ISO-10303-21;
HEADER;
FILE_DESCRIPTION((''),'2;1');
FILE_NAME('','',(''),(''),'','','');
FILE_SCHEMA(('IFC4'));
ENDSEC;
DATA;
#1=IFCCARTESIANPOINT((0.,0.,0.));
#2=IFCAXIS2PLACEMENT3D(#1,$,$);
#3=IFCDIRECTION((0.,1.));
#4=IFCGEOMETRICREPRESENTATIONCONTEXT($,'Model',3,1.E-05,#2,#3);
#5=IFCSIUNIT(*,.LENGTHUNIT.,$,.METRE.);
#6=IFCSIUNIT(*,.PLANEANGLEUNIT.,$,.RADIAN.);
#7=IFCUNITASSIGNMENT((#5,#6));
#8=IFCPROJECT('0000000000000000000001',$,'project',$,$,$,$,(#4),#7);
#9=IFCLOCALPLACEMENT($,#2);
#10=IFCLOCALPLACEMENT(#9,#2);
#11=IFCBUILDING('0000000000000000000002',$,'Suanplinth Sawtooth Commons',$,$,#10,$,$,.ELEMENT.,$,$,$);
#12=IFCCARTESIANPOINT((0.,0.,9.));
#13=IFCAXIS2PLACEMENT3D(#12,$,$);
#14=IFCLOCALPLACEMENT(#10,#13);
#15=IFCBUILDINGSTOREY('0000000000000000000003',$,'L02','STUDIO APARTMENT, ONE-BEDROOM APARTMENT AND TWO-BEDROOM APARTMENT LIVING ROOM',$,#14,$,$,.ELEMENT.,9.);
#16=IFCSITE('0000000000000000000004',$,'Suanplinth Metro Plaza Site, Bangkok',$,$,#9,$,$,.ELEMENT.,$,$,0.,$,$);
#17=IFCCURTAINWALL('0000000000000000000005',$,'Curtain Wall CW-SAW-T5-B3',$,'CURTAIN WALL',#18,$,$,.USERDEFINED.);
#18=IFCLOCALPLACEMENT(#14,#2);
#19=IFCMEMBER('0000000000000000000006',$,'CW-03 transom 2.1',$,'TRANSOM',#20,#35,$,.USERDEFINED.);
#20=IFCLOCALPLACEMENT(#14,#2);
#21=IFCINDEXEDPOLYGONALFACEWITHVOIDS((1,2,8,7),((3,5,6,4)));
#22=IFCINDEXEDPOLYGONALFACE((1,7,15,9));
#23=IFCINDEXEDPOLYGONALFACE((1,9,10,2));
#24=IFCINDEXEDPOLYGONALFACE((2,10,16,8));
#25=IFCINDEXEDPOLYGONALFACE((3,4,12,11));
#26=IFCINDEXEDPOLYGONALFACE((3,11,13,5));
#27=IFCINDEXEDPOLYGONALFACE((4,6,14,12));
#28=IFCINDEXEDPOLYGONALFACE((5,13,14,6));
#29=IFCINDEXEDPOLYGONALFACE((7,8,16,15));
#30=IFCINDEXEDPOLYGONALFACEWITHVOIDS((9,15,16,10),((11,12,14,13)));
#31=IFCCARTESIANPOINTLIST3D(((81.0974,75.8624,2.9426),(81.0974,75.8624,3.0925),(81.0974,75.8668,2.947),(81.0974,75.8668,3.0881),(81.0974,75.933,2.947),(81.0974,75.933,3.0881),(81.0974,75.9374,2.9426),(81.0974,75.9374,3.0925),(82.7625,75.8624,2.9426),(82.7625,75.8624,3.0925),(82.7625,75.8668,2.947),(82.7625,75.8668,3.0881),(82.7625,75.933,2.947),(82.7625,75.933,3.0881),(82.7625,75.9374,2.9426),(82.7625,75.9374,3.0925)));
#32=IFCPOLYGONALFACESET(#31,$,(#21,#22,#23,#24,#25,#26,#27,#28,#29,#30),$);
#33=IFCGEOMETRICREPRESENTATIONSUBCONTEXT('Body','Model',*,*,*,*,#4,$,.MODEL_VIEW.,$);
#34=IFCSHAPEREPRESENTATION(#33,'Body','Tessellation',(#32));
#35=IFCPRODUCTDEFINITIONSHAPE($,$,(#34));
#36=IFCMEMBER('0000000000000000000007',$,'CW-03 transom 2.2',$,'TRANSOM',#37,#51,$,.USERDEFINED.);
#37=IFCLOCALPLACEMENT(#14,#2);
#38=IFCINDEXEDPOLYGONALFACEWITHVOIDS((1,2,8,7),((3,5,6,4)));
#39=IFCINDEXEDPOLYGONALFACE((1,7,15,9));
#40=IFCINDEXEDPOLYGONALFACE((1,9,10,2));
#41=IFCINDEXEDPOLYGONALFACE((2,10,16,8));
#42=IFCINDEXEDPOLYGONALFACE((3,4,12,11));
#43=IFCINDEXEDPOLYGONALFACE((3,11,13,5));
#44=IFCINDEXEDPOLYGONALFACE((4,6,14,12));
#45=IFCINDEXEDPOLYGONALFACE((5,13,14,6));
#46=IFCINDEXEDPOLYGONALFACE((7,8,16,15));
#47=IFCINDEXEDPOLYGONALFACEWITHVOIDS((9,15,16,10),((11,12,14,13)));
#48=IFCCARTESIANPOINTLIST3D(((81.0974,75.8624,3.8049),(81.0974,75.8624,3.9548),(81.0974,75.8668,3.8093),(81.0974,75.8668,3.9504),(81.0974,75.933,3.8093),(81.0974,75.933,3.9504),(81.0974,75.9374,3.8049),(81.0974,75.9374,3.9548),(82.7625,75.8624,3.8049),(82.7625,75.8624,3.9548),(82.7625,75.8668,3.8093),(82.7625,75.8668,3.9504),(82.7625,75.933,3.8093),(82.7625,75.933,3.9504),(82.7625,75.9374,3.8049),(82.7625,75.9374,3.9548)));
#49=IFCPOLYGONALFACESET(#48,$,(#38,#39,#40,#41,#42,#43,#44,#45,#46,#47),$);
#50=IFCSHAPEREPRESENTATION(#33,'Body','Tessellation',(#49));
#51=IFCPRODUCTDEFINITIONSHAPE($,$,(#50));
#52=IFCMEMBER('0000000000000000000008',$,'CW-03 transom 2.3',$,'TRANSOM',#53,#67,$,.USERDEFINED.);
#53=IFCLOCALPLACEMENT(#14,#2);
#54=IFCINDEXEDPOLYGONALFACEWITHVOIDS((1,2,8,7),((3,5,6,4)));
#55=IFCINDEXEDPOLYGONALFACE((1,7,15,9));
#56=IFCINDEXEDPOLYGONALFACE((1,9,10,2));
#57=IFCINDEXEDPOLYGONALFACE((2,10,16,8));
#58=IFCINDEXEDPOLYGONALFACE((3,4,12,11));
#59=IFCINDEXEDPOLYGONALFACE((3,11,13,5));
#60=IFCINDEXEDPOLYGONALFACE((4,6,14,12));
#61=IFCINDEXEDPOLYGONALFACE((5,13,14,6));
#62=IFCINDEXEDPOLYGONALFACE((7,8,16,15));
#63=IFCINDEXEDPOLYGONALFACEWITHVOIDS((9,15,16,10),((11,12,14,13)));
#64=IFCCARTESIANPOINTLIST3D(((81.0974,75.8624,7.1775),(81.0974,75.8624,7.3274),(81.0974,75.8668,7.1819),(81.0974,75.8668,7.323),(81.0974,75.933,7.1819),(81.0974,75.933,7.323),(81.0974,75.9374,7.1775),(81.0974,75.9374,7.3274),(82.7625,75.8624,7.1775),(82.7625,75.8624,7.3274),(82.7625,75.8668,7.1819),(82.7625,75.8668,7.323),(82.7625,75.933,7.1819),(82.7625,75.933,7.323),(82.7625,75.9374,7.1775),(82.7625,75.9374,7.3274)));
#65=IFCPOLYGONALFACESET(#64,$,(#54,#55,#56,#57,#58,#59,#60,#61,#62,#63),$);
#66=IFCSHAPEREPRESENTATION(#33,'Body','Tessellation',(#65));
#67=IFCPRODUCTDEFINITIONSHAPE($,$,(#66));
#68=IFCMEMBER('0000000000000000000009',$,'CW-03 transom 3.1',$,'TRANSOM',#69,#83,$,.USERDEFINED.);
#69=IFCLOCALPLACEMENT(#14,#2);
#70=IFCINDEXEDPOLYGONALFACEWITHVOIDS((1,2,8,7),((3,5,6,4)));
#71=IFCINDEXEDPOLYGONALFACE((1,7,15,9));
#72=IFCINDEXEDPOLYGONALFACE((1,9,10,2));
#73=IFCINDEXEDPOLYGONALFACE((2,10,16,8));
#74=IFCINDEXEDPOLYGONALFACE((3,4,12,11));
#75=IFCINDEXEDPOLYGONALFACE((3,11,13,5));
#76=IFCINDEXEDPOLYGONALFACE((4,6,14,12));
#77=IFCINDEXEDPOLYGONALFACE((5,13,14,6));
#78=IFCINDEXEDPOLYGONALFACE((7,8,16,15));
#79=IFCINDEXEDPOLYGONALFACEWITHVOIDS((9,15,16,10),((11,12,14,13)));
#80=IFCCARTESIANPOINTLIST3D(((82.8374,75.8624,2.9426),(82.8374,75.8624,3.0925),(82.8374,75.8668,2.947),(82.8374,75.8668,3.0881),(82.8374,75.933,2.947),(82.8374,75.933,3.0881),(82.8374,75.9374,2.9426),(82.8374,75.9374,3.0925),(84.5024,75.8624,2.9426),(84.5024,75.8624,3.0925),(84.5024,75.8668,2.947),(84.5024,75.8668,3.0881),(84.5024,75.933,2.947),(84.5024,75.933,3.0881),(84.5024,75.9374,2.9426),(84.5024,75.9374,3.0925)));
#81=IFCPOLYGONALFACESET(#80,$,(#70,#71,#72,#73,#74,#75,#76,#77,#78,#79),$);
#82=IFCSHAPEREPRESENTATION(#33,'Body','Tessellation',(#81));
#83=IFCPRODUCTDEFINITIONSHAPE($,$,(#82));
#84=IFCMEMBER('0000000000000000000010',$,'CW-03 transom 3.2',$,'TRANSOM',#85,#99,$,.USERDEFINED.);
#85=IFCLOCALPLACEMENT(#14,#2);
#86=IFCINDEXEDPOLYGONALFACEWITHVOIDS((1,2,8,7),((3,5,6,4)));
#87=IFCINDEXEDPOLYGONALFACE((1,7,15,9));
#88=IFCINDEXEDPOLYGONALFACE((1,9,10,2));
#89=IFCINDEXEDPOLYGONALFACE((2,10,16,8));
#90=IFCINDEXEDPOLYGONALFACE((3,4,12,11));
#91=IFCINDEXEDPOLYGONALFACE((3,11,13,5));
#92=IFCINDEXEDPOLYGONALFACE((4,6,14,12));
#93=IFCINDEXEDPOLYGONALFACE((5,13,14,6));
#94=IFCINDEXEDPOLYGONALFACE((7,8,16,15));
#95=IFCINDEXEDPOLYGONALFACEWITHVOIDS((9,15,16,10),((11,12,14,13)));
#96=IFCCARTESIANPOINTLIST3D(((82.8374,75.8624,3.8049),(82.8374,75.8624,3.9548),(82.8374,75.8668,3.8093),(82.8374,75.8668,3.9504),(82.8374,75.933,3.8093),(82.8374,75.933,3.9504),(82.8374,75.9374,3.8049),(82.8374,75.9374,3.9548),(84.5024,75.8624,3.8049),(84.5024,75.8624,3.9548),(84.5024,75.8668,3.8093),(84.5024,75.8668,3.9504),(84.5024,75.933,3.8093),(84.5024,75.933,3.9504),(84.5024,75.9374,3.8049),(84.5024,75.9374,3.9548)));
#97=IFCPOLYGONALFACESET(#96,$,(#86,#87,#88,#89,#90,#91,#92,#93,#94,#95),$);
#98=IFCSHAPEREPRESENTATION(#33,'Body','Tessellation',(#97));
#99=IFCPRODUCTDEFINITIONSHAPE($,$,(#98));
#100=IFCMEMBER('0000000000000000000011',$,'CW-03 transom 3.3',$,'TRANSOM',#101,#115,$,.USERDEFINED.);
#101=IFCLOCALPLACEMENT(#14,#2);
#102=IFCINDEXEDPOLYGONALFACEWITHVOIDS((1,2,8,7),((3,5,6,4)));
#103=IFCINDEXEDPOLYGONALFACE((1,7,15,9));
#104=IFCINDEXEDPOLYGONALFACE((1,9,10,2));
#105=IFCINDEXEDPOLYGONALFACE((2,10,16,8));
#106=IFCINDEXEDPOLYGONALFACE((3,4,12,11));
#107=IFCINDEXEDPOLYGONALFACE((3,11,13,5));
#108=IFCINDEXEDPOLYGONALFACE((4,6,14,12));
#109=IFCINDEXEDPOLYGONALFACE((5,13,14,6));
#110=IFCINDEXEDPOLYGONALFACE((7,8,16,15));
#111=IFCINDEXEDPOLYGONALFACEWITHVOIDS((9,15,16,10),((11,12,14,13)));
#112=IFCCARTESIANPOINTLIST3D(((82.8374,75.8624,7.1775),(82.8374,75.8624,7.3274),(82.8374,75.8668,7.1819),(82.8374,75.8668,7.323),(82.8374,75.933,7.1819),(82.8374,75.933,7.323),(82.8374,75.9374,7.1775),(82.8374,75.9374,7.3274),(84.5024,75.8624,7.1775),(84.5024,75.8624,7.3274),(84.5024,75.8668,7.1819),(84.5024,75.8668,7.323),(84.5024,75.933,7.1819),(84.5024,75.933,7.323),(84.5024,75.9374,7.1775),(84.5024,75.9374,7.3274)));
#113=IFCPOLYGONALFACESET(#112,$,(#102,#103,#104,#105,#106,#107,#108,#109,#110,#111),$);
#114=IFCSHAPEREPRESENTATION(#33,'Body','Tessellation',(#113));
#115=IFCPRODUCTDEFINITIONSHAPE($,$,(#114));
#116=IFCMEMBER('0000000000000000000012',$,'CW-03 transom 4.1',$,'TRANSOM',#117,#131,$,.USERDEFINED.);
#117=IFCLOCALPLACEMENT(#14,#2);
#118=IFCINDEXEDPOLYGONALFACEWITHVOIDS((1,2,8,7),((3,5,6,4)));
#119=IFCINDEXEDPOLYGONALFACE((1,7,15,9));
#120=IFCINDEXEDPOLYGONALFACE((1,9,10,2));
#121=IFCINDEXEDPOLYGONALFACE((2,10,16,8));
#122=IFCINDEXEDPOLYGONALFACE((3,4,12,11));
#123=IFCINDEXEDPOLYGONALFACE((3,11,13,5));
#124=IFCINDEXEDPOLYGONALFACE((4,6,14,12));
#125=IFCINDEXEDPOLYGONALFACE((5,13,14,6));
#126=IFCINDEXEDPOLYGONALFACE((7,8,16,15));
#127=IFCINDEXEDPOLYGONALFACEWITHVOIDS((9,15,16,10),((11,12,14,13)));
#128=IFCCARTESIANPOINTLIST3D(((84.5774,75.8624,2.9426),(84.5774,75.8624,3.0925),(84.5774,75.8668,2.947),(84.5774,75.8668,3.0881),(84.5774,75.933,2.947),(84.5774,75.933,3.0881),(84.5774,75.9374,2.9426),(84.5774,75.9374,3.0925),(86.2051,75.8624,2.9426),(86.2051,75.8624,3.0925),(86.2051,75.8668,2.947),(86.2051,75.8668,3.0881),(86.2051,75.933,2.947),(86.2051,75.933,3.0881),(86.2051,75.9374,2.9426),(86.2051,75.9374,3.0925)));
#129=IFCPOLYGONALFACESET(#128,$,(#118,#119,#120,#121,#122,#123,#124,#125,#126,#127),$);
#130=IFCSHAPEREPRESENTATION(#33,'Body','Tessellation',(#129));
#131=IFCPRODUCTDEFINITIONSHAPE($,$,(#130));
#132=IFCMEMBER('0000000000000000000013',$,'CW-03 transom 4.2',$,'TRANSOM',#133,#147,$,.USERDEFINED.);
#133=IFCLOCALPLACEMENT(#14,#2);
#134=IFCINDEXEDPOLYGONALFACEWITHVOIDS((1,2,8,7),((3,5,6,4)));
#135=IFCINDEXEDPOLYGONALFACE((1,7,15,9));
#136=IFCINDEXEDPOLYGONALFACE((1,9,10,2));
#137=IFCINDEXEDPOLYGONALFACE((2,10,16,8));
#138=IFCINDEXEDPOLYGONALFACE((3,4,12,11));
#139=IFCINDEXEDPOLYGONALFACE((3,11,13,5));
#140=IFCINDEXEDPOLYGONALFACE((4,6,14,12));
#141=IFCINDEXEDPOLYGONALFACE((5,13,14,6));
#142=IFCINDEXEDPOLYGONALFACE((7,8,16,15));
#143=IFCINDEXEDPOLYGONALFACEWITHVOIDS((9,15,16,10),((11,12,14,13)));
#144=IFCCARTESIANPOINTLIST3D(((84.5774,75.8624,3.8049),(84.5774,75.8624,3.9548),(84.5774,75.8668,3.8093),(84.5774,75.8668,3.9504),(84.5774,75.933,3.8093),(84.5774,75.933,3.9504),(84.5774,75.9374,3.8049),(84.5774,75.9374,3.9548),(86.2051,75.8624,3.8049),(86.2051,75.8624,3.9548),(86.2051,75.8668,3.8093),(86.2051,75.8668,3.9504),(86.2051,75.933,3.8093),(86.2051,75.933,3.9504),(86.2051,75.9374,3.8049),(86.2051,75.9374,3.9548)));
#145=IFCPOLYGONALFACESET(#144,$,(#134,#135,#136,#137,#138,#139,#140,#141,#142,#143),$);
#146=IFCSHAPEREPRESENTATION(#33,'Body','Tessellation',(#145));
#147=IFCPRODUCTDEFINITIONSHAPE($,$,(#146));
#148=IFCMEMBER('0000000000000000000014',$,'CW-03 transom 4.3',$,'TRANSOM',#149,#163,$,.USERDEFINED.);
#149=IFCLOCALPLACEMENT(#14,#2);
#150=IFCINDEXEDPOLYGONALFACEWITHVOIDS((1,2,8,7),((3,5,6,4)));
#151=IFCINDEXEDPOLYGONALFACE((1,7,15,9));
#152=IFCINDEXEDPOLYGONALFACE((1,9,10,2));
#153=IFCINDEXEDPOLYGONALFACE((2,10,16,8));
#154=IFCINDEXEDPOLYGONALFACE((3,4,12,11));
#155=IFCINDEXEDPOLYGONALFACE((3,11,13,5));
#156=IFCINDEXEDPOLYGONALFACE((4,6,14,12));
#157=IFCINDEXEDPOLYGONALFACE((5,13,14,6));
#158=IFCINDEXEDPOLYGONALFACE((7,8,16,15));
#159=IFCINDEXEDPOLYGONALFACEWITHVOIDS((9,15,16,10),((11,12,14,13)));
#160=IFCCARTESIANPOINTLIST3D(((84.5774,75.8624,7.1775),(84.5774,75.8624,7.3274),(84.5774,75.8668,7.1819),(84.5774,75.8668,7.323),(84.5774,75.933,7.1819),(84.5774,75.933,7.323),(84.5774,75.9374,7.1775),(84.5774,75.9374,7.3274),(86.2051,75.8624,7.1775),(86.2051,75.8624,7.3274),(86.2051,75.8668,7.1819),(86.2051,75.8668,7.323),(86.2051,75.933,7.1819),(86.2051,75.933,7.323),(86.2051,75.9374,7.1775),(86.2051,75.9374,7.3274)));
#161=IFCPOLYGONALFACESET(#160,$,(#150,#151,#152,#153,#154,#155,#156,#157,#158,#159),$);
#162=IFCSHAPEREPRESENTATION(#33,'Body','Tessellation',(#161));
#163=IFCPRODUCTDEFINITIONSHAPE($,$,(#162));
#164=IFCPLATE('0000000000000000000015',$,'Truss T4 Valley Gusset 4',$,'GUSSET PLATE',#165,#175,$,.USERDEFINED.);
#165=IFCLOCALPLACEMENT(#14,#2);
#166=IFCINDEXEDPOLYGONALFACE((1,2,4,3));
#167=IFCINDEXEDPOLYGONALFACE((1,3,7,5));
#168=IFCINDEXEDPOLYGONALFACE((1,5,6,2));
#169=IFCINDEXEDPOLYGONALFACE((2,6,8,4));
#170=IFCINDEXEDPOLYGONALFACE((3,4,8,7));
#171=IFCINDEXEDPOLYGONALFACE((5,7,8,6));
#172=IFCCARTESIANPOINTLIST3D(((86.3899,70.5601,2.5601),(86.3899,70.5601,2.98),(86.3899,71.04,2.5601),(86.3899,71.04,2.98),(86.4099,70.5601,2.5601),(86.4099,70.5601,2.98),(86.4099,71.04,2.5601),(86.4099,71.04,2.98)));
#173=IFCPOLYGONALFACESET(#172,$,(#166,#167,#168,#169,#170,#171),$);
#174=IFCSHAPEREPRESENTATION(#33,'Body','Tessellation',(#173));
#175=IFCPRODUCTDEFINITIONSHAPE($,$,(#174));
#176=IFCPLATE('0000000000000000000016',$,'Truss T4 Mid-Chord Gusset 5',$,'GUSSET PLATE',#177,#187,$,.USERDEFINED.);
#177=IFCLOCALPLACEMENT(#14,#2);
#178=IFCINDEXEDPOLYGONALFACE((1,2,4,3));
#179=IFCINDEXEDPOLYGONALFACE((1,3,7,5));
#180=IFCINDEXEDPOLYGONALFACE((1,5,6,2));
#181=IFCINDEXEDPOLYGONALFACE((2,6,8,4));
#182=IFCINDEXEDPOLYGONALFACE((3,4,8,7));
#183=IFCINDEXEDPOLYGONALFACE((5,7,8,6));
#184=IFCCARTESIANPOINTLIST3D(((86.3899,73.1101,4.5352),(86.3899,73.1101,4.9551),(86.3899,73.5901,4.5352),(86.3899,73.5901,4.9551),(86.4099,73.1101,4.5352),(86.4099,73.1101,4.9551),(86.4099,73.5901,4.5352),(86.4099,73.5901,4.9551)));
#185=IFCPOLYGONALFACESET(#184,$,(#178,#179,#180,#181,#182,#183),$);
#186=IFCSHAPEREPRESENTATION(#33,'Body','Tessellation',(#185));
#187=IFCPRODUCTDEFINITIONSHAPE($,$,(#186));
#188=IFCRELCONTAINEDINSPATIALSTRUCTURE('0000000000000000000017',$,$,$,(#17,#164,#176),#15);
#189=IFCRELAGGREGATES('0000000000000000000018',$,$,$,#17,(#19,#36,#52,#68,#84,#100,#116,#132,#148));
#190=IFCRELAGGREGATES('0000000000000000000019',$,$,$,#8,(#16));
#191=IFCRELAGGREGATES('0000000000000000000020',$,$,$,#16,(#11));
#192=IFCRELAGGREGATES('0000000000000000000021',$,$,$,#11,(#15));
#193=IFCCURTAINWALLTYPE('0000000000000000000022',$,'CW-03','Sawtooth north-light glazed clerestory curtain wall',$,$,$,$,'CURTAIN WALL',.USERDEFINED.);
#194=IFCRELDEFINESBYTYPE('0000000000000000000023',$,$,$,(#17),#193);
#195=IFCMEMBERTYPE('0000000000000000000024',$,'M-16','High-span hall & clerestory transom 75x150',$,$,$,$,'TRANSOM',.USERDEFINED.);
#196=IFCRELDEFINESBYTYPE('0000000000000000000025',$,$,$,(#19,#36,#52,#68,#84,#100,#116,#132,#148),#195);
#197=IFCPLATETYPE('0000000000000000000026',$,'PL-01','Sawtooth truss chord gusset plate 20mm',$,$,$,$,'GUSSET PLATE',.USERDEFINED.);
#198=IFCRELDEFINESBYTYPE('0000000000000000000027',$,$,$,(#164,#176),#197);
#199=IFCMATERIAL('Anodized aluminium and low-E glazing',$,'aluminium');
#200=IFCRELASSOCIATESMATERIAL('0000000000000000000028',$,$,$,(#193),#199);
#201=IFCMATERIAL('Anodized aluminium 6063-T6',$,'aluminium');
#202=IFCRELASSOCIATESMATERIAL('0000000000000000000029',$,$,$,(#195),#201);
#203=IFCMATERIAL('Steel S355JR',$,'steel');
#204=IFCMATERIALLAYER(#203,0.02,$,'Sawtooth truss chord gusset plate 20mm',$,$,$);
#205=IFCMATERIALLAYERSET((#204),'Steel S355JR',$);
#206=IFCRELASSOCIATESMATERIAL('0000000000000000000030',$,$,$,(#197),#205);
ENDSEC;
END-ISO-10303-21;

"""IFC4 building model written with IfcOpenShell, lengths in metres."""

from ifc_helpers import new_model, si_unit, direction, frame, origin, origin_2d, place, context, subcontext, project, spatial, rectangle, hollow_rectangle, extrude, material, layer, layer_set, material_profile, profile_set, type_object, element, aggregate, save


model = new_model("IFC4")

# Units and contexts
model_context = context("Model", 3, precision=1e-05, world=origin(), true_north=direction((0.0, 1.0)))
body_context = subcontext(model_context, "Body", "Model", "MODEL_VIEW")
ifc_project = project(units=[si_unit("LENGTHUNIT", "METRE"), si_unit("PLANEANGLEUNIT", "RADIAN")], contexts=[model_context])

# Site, building, storey
site_placement = place(None, origin())
site = spatial("IfcSite", under=ifc_project, at=site_placement, Name="Suanplinth Metro Plaza Site, Bangkok", CompositionType="ELEMENT", RefElevation=0.0)
building_placement = place(site_placement, origin())
building = spatial("IfcBuilding", under=site, at=building_placement, Name="Suanplinth Sawtooth Commons", CompositionType="ELEMENT")
storey_placement = place(building_placement, frame((0.0, 0.0, 9.0)))
storey = spatial("IfcBuildingStorey", under=building, at=storey_placement, Name="L02", Description="STUDIO APARTMENT, ONE-BEDROOM APARTMENT AND TWO-BEDROOM APARTMENT LIVING ROOM", CompositionType="ELEMENT", Elevation=9.0)

# Shared definitions
ifc_material_1 = material(Name="Steel S355JR", Category="steel")

# Shared definitions
ifc_material_2 = material(Name="Anodized aluminium and low-E glazing", Category="aluminium")
curtain_wall_type = type_object("IfcCurtainWallType", Name="CW-03", Description="Sawtooth north-light glazed clerestory curtain wall", ElementType="CURTAIN WALL", PredefinedType="USERDEFINED", material=ifc_material_2)
ifc_material_3 = material(Name="Anodized aluminium 6063-T6", Category="aluminium")

# Curtain wall
curtain_wall_1_placement = place(storey_placement, origin())
curtain_wall_1 = element("IfcCurtainWall", 1, at=curtain_wall_1_placement, inside=storey, type_object=curtain_wall_type, Name="Curtain Wall CW-SAW-T5-B3", ObjectType="CURTAIN WALL", PredefinedType="USERDEFINED")

# Members
ifc_material_profile_1 = material_profile(ifc_material_3, hollow_rectangle(XDim=0.075, YDim=0.1499, WallThickness=0.0044, at=origin_2d()), Name="ALU-TRN 75x150")
ifc_profile_set_1 = profile_set([ifc_material_profile_1], Name="Anodized aluminium 6063-T6")
member_type_1 = type_object("IfcMemberType", Name="M-16", Description="High-span hall & clerestory transom 75x150", ElementType="TRANSOM", PredefinedType="USERDEFINED", material=ifc_profile_set_1)
member_1_placement = place(storey_placement, frame((81.0974, 75.8999, 3.0176), z_axis=(1.0, 0.0, 0.0), x_axis=(0.0, 1.0, 0.0)))
member_1 = element("IfcMember", 2, at=member_1_placement, type_object=member_type_1, Name="CW-03 transom 2.1", ObjectType="TRANSOM", PredefinedType="USERDEFINED", context=body_context, shape_type="SweptSolid", body=[
    extrude(hollow_rectangle(XDim=0.075, YDim=0.1499, WallThickness=0.0044, at=origin_2d()), origin(), (0.0, 0.0, 1.0), 1.665),
])
member_2_placement = place(storey_placement, frame((81.0974, 75.8999, 3.8799), z_axis=(1.0, 0.0, 0.0), x_axis=(0.0, 1.0, 0.0)))
member_2 = element("IfcMember", 3, at=member_2_placement, type_object=member_type_1, Name="CW-03 transom 2.2", ObjectType="TRANSOM", PredefinedType="USERDEFINED", context=body_context, shape_type="SweptSolid", body=[
    extrude(hollow_rectangle(XDim=0.075, YDim=0.1499, WallThickness=0.0044, at=origin_2d()), origin(), (0.0, 0.0, 1.0), 1.665),
])
member_3_placement = place(storey_placement, frame((81.0974, 75.8999, 7.2524), z_axis=(1.0, 0.0, 0.0), x_axis=(0.0, 1.0, 0.0)))
member_3 = element("IfcMember", 4, at=member_3_placement, type_object=member_type_1, Name="CW-03 transom 2.3", ObjectType="TRANSOM", PredefinedType="USERDEFINED", context=body_context, shape_type="SweptSolid", body=[
    extrude(hollow_rectangle(XDim=0.075, YDim=0.1499, WallThickness=0.0044, at=origin_2d()), origin(), (0.0, 0.0, 1.0), 1.665),
])
member_4_placement = place(storey_placement, frame((82.8374, 75.8999, 3.0176), z_axis=(1.0, 0.0, 0.0), x_axis=(0.0, 1.0, 0.0)))
member_4 = element("IfcMember", 5, at=member_4_placement, type_object=member_type_1, Name="CW-03 transom 3.1", ObjectType="TRANSOM", PredefinedType="USERDEFINED", context=body_context, shape_type="SweptSolid", body=[
    extrude(hollow_rectangle(XDim=0.075, YDim=0.1499, WallThickness=0.0044, at=origin_2d()), origin(), (0.0, 0.0, 1.0), 1.665),
])
member_5_placement = place(storey_placement, frame((82.8374, 75.8999, 3.8799), z_axis=(1.0, 0.0, 0.0), x_axis=(0.0, 1.0, 0.0)))
member_5 = element("IfcMember", 6, at=member_5_placement, type_object=member_type_1, Name="CW-03 transom 3.2", ObjectType="TRANSOM", PredefinedType="USERDEFINED", context=body_context, shape_type="SweptSolid", body=[
    extrude(hollow_rectangle(XDim=0.075, YDim=0.1499, WallThickness=0.0044, at=origin_2d()), origin(), (0.0, 0.0, 1.0), 1.665),
])
member_6_placement = place(storey_placement, frame((82.8374, 75.8999, 7.2524), z_axis=(1.0, 0.0, 0.0), x_axis=(0.0, 1.0, 0.0)))
member_6 = element("IfcMember", 7, at=member_6_placement, type_object=member_type_1, Name="CW-03 transom 3.3", ObjectType="TRANSOM", PredefinedType="USERDEFINED", context=body_context, shape_type="SweptSolid", body=[
    extrude(hollow_rectangle(XDim=0.075, YDim=0.1499, WallThickness=0.0044, at=origin_2d()), origin(), (0.0, 0.0, 1.0), 1.665),
])
member_7_placement = place(storey_placement, frame((84.5774, 75.8999, 3.0176), z_axis=(1.0, 0.0, 0.0), x_axis=(0.0, 1.0, 0.0)))
member_7 = element("IfcMember", 8, at=member_7_placement, type_object=member_type_1, Name="CW-03 transom 4.1", ObjectType="TRANSOM", PredefinedType="USERDEFINED", context=body_context, shape_type="SweptSolid", body=[
    extrude(hollow_rectangle(XDim=0.075, YDim=0.1499, WallThickness=0.0044, at=origin_2d()), origin(), (0.0, 0.0, 1.0), 1.6277),
])
member_8_placement = place(storey_placement, frame((84.5774, 75.8999, 3.8799), z_axis=(1.0, 0.0, 0.0), x_axis=(0.0, 1.0, 0.0)))
member_8 = element("IfcMember", 9, at=member_8_placement, type_object=member_type_1, Name="CW-03 transom 4.2", ObjectType="TRANSOM", PredefinedType="USERDEFINED", context=body_context, shape_type="SweptSolid", body=[
    extrude(hollow_rectangle(XDim=0.075, YDim=0.1499, WallThickness=0.0044, at=origin_2d()), origin(), (0.0, 0.0, 1.0), 1.6277),
])
member_9_placement = place(storey_placement, frame((84.5774, 75.8999, 7.2524), z_axis=(1.0, 0.0, 0.0), x_axis=(0.0, 1.0, 0.0)))
member_9 = element("IfcMember", 10, at=member_9_placement, type_object=member_type_1, Name="CW-03 transom 4.3", ObjectType="TRANSOM", PredefinedType="USERDEFINED", context=body_context, shape_type="SweptSolid", body=[
    extrude(hollow_rectangle(XDim=0.075, YDim=0.1499, WallThickness=0.0044, at=origin_2d()), origin(), (0.0, 0.0, 1.0), 1.6277),
])

# Plates
ifc_layer_1 = layer(ifc_material_1, 0.02, Name="Sawtooth truss chord gusset plate 20mm")
ifc_layer_set_1 = layer_set([ifc_layer_1], Name="Steel S355JR")
plate_type_1 = type_object("IfcPlateType", Name="PL-01", Description="Sawtooth truss chord gusset plate 20mm", ElementType="GUSSET PLATE", PredefinedType="USERDEFINED", material=ifc_layer_set_1)
for number, where, z_axis, x_axis, name in (
    (11, (86.3999, 70.8, 2.5601), (0.0, 0.0, 1.0), (1.0, 0.0, 0.0), "Truss T4 Valley Gusset 4"),
    (12, (86.3999, 73.3501, 4.5352), (0.0, 0.0, 1.0), (1.0, 0.0, 0.0), "Truss T4 Mid-Chord Gusset 5"),
):
    element("IfcPlate", number, at=place(storey_placement, frame(where, z_axis=z_axis, x_axis=x_axis)), inside=storey, type_object=plate_type_1, Name=name, ObjectType="GUSSET PLATE", PredefinedType="USERDEFINED", context=body_context, shape_type="SweptSolid", body=[
        extrude(rectangle(XDim=0.02, YDim=0.48, at=origin_2d()), origin(), (0.0, 0.0, 1.0), 0.4199),
    ])

aggregate(curtain_wall_1, [member_1, member_2, member_3, member_4, member_5, member_6, member_7, member_8, member_9])

save(model, "model.ifc")
